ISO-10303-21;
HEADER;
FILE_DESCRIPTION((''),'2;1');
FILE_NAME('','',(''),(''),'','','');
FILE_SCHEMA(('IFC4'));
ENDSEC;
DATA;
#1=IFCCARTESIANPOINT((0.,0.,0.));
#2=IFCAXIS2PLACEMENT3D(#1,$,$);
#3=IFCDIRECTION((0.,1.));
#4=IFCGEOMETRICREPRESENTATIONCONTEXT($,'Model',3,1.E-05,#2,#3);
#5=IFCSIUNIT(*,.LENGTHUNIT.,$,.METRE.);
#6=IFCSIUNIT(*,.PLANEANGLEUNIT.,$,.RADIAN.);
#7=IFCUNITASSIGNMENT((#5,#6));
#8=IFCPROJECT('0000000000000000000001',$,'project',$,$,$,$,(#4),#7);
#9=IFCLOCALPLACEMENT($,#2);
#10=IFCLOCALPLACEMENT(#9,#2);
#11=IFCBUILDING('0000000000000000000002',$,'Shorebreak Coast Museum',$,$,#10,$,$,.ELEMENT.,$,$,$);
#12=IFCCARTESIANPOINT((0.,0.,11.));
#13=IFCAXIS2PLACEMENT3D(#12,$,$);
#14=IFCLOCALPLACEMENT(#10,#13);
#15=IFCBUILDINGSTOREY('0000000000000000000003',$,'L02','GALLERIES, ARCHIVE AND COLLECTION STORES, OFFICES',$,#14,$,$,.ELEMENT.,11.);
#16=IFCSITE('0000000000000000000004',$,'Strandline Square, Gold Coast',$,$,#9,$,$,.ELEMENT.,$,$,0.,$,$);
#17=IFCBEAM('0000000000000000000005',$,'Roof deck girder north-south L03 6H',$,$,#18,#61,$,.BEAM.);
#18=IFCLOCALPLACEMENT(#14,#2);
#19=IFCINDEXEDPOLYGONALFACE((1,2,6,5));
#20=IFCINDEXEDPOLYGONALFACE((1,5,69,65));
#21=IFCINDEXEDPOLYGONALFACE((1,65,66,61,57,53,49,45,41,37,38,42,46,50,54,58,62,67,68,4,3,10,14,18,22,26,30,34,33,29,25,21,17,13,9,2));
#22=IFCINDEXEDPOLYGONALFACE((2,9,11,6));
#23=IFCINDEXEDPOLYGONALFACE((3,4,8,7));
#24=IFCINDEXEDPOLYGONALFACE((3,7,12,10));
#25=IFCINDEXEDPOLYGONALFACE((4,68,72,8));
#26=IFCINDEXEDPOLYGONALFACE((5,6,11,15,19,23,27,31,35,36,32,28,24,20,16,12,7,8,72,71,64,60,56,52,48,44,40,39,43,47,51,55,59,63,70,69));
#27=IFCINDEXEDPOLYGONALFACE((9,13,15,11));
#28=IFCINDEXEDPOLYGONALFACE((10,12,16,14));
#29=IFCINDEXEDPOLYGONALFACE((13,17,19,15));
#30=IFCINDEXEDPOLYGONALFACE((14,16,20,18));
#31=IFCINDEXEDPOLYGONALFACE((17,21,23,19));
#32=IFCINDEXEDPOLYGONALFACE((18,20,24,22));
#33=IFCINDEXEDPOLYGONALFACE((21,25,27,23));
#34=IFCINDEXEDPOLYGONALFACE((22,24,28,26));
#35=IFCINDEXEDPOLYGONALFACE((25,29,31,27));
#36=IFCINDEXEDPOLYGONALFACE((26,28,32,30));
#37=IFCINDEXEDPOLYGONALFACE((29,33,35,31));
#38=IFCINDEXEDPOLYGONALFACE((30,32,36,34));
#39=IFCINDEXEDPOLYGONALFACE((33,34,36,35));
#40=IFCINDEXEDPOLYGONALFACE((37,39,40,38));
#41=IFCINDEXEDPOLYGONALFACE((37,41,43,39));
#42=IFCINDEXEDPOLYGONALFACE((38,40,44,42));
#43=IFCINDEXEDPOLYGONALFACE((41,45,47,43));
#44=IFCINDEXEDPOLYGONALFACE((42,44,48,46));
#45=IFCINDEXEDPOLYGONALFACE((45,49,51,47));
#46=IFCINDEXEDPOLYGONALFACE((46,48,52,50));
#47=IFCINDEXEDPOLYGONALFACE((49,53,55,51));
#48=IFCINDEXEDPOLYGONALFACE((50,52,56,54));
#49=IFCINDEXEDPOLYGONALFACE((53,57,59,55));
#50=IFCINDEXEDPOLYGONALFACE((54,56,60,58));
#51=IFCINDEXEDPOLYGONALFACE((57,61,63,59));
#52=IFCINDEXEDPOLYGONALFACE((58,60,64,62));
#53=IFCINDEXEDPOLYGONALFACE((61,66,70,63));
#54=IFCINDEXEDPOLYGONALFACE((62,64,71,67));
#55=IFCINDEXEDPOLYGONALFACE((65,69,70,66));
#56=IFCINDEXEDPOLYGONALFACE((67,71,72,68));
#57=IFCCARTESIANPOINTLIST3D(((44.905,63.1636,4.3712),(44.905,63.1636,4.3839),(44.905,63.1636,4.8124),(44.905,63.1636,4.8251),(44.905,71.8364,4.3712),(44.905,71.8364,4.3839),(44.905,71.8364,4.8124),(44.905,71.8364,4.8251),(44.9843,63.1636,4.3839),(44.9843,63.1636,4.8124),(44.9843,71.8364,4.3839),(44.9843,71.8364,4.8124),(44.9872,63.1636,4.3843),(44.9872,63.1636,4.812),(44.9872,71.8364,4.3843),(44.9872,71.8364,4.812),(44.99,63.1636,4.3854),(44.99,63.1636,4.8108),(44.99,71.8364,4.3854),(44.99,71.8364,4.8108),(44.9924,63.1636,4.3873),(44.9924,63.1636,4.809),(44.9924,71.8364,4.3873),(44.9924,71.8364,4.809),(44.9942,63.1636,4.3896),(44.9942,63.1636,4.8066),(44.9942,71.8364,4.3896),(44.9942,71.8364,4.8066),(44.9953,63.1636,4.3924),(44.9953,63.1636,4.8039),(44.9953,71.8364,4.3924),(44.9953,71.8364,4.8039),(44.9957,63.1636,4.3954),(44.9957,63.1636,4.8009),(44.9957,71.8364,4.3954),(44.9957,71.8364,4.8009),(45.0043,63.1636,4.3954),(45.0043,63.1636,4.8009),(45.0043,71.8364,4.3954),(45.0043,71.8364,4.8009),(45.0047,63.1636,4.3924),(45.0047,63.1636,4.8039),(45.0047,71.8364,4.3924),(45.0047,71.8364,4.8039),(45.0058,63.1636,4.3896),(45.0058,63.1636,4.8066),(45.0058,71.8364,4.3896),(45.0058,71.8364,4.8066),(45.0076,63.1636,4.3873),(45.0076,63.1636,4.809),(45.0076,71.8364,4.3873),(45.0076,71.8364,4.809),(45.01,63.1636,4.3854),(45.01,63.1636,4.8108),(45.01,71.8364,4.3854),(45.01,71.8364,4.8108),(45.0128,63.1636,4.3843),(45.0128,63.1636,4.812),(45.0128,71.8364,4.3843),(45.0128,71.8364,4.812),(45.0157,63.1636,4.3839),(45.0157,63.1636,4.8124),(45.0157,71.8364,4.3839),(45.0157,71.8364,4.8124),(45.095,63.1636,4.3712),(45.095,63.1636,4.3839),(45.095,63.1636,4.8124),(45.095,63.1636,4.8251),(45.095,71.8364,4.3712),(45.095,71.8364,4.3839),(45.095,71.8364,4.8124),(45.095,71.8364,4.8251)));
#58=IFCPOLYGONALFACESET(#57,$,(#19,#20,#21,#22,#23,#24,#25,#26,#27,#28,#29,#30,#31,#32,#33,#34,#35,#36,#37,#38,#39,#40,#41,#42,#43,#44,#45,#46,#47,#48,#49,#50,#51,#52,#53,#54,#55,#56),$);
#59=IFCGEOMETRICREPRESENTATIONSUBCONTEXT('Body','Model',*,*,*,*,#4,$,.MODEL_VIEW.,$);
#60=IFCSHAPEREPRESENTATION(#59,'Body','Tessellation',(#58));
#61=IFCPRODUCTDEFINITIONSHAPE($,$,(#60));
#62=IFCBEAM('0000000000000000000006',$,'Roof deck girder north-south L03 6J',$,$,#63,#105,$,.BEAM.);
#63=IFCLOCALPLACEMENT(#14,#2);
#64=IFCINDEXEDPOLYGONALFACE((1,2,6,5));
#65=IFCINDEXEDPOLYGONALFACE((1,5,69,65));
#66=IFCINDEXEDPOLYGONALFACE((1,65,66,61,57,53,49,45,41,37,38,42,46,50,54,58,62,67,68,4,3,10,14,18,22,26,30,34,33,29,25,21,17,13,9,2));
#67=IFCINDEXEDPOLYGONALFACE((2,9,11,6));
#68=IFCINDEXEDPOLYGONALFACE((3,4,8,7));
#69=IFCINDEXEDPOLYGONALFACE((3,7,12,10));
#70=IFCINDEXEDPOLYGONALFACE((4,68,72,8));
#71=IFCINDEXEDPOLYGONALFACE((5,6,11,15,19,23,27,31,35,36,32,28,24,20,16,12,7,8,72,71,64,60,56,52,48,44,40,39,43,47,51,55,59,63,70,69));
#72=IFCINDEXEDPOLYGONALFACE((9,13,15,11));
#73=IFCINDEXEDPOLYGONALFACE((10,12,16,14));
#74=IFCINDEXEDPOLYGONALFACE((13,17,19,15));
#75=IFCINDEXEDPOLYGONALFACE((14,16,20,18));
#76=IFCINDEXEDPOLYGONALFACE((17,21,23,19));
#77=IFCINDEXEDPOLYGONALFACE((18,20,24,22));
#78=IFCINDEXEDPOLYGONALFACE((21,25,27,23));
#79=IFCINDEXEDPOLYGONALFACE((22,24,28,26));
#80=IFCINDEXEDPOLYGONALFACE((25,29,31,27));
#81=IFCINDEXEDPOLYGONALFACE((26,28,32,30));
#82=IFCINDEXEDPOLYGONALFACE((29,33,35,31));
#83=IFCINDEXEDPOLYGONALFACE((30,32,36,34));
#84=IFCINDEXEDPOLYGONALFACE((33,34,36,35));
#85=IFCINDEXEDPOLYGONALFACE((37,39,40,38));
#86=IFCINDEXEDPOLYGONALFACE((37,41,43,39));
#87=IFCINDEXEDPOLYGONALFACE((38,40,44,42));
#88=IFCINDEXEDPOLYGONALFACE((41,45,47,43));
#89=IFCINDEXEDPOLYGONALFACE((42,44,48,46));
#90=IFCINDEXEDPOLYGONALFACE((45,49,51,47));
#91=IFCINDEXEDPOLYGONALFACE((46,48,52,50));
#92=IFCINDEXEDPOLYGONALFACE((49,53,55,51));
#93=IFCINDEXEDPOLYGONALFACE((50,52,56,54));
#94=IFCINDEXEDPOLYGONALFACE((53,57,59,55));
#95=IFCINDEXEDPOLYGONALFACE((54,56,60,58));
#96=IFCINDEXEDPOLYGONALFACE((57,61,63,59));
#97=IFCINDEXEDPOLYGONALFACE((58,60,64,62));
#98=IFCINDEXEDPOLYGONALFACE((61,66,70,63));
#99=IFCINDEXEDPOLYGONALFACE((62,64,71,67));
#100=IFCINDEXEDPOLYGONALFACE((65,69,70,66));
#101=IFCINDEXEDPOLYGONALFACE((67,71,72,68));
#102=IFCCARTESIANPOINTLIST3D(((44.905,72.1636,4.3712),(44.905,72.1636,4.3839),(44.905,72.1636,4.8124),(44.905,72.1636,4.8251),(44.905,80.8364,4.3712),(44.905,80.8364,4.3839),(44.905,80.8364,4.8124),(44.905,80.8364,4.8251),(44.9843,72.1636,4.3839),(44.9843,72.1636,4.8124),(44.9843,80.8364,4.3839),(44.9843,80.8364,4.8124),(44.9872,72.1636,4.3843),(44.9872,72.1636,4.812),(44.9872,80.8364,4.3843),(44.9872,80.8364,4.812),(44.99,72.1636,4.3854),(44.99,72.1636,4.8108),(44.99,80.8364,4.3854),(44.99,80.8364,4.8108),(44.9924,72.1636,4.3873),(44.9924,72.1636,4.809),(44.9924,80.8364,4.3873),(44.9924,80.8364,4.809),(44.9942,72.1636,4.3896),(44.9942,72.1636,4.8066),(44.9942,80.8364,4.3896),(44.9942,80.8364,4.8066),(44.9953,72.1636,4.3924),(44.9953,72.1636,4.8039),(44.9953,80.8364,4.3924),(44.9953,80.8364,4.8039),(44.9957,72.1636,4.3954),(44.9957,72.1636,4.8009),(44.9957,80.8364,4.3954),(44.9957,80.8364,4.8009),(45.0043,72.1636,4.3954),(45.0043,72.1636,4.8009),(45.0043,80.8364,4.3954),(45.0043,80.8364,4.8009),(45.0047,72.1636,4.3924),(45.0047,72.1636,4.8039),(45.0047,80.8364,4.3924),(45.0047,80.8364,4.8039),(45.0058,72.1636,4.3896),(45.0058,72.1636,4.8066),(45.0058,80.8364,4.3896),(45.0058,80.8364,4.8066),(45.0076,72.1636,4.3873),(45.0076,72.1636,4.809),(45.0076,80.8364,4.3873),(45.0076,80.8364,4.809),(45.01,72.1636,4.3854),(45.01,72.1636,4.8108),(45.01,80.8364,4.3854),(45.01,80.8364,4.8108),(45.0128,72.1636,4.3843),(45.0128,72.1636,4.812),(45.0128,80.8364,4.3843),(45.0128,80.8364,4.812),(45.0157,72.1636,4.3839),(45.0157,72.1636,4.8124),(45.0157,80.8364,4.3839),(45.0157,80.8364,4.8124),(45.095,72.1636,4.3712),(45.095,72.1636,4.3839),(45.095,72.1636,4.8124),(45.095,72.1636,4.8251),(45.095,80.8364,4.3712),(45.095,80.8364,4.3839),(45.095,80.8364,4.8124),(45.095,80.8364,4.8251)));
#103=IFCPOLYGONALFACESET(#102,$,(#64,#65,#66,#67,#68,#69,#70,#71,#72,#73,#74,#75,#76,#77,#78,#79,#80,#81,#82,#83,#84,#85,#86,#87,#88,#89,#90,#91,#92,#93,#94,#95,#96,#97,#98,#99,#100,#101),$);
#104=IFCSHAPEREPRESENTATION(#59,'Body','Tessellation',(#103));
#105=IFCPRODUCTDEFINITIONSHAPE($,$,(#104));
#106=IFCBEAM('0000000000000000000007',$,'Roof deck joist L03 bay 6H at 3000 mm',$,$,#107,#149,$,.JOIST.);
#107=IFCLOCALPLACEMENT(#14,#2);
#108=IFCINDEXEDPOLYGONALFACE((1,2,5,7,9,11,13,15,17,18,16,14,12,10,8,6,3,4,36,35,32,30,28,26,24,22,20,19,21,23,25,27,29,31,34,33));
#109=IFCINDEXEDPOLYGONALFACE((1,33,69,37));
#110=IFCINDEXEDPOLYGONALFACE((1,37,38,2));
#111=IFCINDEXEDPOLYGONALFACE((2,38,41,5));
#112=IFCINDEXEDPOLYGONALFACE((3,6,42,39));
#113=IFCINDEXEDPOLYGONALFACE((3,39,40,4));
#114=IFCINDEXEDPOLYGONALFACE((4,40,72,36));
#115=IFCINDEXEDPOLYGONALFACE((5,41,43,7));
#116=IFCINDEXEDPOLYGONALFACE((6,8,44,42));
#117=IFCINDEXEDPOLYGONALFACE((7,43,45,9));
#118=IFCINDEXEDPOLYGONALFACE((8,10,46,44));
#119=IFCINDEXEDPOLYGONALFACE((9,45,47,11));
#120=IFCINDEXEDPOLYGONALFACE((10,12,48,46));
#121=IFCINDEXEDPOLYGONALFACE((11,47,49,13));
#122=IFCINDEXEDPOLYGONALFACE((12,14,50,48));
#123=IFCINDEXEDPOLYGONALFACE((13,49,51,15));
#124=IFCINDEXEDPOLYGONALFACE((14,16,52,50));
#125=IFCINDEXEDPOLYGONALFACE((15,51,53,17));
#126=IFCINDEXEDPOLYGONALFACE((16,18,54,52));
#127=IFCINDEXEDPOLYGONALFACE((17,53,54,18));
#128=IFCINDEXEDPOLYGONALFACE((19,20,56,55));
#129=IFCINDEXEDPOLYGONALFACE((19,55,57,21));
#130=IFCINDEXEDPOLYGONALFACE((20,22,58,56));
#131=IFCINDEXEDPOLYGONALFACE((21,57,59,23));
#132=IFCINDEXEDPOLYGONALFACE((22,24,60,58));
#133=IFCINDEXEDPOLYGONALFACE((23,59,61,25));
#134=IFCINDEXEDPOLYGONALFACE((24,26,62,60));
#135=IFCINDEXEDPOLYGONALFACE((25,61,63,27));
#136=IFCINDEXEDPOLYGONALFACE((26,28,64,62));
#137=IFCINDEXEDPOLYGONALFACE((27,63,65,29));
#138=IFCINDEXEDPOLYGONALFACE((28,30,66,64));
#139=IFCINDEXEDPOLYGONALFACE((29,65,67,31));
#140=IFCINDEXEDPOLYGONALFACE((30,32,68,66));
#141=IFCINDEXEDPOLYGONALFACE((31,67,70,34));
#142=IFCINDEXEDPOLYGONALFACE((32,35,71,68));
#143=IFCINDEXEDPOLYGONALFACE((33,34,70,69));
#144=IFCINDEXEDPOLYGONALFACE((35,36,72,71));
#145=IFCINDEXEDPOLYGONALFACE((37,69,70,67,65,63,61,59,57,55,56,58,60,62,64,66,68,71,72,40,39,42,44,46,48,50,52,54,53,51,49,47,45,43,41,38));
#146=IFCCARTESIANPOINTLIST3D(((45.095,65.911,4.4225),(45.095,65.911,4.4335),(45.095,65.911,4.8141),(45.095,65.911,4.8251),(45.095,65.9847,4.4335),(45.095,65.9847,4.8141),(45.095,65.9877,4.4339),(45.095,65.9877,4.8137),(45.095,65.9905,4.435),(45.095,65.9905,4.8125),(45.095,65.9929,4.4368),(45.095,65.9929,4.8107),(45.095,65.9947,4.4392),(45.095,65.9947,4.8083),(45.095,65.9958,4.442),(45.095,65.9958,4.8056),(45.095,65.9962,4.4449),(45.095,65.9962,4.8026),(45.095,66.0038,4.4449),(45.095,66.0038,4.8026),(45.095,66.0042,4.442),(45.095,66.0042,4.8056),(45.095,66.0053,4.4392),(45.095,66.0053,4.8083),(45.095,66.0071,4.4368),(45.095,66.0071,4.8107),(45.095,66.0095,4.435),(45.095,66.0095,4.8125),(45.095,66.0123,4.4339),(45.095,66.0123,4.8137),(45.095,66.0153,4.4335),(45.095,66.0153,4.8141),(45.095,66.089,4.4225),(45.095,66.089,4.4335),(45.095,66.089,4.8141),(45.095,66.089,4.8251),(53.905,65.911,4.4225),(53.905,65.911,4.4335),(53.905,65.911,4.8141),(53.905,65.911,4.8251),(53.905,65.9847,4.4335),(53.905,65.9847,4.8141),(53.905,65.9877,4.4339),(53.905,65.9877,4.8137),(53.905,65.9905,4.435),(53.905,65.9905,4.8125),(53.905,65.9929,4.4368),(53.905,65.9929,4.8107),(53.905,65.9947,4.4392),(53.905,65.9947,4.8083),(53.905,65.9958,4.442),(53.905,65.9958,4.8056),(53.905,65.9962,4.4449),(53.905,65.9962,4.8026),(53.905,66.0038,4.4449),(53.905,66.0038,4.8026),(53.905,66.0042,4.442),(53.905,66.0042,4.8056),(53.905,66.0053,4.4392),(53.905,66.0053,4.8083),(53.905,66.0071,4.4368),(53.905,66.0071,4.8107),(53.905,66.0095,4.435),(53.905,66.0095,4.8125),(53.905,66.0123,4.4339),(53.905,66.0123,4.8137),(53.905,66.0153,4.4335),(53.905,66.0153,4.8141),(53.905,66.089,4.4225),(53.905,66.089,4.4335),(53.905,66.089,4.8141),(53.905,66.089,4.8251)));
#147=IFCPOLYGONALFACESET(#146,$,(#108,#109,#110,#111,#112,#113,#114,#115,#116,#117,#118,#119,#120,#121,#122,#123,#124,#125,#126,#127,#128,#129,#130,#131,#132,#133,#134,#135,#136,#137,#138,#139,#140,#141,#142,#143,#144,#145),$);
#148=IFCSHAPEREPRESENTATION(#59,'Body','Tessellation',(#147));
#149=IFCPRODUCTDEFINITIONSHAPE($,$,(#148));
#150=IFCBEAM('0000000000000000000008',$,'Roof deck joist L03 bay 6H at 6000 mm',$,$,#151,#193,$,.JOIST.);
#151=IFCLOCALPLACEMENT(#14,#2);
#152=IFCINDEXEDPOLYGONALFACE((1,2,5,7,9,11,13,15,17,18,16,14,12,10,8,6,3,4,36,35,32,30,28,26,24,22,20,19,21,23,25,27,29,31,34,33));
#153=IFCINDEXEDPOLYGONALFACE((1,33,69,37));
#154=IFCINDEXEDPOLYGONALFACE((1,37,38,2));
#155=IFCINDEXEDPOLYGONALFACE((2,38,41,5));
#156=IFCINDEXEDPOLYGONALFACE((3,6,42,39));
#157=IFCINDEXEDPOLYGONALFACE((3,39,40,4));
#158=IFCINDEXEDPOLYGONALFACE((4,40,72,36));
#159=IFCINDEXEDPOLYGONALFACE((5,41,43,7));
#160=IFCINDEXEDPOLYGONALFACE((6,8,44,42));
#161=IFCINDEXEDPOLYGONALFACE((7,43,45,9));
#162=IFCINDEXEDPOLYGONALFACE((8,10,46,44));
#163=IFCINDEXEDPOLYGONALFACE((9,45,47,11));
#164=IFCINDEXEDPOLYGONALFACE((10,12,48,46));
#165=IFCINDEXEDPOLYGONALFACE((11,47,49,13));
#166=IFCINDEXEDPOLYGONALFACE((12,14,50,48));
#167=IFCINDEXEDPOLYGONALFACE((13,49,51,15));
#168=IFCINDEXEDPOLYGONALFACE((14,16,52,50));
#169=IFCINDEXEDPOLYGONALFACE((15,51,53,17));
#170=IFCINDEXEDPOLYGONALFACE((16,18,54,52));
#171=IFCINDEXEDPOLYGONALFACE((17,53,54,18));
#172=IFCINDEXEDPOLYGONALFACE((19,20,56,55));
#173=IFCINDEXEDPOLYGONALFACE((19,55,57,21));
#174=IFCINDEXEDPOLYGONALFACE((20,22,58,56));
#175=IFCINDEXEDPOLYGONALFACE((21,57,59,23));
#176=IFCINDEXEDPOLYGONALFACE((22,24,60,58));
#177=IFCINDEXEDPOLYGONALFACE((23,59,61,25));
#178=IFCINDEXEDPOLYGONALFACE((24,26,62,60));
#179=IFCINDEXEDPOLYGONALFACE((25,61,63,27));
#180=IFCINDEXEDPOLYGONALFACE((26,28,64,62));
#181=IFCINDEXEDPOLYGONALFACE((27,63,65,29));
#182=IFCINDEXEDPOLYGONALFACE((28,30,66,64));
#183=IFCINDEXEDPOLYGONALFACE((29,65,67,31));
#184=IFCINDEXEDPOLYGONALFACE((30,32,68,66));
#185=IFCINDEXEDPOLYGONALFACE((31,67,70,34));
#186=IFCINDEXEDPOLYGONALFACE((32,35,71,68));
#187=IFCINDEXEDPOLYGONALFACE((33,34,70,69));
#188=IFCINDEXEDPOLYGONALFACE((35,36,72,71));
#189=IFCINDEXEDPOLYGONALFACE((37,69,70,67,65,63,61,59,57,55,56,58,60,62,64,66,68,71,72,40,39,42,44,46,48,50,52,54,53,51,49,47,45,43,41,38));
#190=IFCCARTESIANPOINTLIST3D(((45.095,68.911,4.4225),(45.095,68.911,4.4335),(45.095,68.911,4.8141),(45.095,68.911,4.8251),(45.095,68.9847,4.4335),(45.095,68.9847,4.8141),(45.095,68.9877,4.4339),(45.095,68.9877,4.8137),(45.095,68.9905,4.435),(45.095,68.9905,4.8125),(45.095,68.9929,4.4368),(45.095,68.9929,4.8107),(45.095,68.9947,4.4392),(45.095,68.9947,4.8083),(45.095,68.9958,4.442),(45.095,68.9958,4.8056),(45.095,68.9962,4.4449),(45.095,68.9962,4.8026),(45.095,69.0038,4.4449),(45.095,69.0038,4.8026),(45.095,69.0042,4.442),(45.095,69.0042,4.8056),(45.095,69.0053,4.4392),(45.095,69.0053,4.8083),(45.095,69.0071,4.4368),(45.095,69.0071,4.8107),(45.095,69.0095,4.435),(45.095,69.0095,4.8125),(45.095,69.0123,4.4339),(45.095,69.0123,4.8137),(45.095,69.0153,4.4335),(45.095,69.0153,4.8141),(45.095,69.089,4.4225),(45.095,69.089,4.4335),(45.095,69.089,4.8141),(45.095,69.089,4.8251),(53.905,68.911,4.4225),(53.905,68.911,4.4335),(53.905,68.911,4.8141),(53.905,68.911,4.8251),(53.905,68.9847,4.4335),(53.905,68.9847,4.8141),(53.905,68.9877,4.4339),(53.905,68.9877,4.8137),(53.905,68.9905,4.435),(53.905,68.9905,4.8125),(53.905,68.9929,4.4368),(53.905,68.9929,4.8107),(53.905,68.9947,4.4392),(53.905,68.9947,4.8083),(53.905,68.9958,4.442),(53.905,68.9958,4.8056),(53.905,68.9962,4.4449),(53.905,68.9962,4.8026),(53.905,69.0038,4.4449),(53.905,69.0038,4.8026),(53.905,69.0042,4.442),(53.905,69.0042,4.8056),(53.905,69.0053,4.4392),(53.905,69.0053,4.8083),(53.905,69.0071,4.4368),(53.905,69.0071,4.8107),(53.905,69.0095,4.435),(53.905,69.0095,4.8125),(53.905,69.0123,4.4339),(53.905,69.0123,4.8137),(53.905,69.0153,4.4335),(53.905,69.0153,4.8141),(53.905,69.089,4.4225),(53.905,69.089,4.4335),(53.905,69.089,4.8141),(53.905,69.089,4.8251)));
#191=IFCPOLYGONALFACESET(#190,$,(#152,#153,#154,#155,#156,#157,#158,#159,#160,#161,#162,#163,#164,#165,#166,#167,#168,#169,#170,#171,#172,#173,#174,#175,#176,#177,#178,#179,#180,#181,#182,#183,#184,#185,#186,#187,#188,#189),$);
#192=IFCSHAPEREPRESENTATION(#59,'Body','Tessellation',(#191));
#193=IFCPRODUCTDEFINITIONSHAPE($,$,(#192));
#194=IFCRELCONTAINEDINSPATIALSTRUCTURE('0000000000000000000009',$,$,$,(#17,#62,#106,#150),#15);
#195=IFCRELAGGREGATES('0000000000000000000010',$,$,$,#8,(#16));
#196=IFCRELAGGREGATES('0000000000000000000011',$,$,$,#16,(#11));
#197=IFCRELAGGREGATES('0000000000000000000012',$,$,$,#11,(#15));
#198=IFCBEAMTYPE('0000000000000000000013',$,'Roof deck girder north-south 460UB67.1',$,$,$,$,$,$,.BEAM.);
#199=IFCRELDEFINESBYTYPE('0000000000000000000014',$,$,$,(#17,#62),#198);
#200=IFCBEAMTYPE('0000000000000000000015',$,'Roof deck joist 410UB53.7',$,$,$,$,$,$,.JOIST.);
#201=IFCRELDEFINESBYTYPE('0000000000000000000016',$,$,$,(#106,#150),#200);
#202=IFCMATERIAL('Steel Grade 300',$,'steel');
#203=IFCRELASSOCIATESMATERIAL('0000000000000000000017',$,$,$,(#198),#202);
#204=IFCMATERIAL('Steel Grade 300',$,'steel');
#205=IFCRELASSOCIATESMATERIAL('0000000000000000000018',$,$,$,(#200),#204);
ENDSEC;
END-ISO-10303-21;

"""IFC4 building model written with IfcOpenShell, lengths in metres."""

from ifc_helpers import new_model, si_unit, direction, frame, origin, origin_2d, place, context, subcontext, project, spatial, i_section, extrude, material, material_profile, profile_set, type_object, element, save


model = new_model("IFC4")

# Units and contexts
model_context = context("Model", 3, precision=1e-05, world=origin(), true_north=direction((0.0, 1.0)))
body_context = subcontext(model_context, "Body", "Model", "MODEL_VIEW")
ifc_project = project(units=[si_unit("LENGTHUNIT", "METRE"), si_unit("PLANEANGLEUNIT", "RADIAN")], contexts=[model_context])

# Site, building, storey
site_placement = place(None, origin())
site = spatial("IfcSite", under=ifc_project, at=site_placement, Name="Strandline Square, Gold Coast", CompositionType="ELEMENT", RefElevation=0.0)
building_placement = place(site_placement, origin())
building = spatial("IfcBuilding", under=site, at=building_placement, Name="Shorebreak Coast Museum", CompositionType="ELEMENT")
storey_placement = place(building_placement, frame((0.0, 0.0, 11.0)))
storey = spatial("IfcBuildingStorey", under=building, at=storey_placement, Name="L02", Description="GALLERIES, ARCHIVE AND COLLECTION STORES, OFFICES", CompositionType="ELEMENT", Elevation=11.0)

# Beams
ifc_material_1 = material(Name="Steel Grade 300", Category="steel")
ifc_material_profile_1 = material_profile(ifc_material_1, i_section(OverallWidth=0.1899, OverallDepth=0.4539, WebThickness=0.0085, FlangeThickness=0.0127, FilletRadius=0.0115, at=origin_2d()), Name="460UB67.1")
ifc_profile_set_1 = profile_set([ifc_material_profile_1], Name="Steel Grade 300")
beam_type_1 = type_object("IfcBeamType", Name="Roof deck girder north-south 460UB67.1", PredefinedType="BEAM", material=ifc_profile_set_1)
for number, where, z_axis, x_axis, name in (
    (1, (45.0, 63.1636, 4.5981), (0.0, 1.0, 0.0), (-1.0, 0.0, 0.0), "Roof deck girder north-south L03 6H"),
    (2, (45.0, 72.1636, 4.5981), (0.0, 1.0, 0.0), (-1.0, 0.0, 0.0), "Roof deck girder north-south L03 6J"),
):
    element("IfcBeam", number, at=place(storey_placement, frame(where, z_axis=z_axis, x_axis=x_axis)), inside=storey, type_object=beam_type_1, Name=name, PredefinedType="BEAM", context=body_context, shape_type="SweptSolid", body=[
        extrude(i_section(OverallWidth=0.1899, OverallDepth=0.4539, WebThickness=0.0085, FlangeThickness=0.0127, FilletRadius=0.0115, at=origin_2d()), origin(), (0.0, 0.0, 1.0), 8.6729),
    ])
ifc_material_2 = material(Name="Steel Grade 300", Category="steel")
ifc_material_profile_2 = material_profile(ifc_material_2, i_section(OverallWidth=0.178, OverallDepth=0.4026, WebThickness=0.0076, FlangeThickness=0.011, FilletRadius=0.0115, at=origin_2d()), Name="410UB53.7")
ifc_profile_set_2 = profile_set([ifc_material_profile_2], Name="Steel Grade 300")
beam_type_2 = type_object("IfcBeamType", Name="Roof deck joist 410UB53.7", PredefinedType="JOIST", material=ifc_profile_set_2)
for number, where, z_axis, x_axis, name in (
    (3, (45.095, 66.0, 4.6238), (1.0, 0.0, 0.0), (0.0, 1.0, 0.0), "Roof deck joist L03 bay 6H at 3000 mm"),
    (4, (45.095, 69.0, 4.6238), (1.0, 0.0, 0.0), (0.0, 1.0, 0.0), "Roof deck joist L03 bay 6H at 6000 mm"),
):
    element("IfcBeam", number, at=place(storey_placement, frame(where, z_axis=z_axis, x_axis=x_axis)), inside=storey, type_object=beam_type_2, Name=name, PredefinedType="JOIST", context=body_context, shape_type="SweptSolid", body=[
        extrude(i_section(OverallWidth=0.178, OverallDepth=0.4026, WebThickness=0.0076, FlangeThickness=0.011, FilletRadius=0.0115, at=origin_2d()), origin(), (0.0, 0.0, 1.0), 8.8101),
    ])

save(model, "model.ifc")
